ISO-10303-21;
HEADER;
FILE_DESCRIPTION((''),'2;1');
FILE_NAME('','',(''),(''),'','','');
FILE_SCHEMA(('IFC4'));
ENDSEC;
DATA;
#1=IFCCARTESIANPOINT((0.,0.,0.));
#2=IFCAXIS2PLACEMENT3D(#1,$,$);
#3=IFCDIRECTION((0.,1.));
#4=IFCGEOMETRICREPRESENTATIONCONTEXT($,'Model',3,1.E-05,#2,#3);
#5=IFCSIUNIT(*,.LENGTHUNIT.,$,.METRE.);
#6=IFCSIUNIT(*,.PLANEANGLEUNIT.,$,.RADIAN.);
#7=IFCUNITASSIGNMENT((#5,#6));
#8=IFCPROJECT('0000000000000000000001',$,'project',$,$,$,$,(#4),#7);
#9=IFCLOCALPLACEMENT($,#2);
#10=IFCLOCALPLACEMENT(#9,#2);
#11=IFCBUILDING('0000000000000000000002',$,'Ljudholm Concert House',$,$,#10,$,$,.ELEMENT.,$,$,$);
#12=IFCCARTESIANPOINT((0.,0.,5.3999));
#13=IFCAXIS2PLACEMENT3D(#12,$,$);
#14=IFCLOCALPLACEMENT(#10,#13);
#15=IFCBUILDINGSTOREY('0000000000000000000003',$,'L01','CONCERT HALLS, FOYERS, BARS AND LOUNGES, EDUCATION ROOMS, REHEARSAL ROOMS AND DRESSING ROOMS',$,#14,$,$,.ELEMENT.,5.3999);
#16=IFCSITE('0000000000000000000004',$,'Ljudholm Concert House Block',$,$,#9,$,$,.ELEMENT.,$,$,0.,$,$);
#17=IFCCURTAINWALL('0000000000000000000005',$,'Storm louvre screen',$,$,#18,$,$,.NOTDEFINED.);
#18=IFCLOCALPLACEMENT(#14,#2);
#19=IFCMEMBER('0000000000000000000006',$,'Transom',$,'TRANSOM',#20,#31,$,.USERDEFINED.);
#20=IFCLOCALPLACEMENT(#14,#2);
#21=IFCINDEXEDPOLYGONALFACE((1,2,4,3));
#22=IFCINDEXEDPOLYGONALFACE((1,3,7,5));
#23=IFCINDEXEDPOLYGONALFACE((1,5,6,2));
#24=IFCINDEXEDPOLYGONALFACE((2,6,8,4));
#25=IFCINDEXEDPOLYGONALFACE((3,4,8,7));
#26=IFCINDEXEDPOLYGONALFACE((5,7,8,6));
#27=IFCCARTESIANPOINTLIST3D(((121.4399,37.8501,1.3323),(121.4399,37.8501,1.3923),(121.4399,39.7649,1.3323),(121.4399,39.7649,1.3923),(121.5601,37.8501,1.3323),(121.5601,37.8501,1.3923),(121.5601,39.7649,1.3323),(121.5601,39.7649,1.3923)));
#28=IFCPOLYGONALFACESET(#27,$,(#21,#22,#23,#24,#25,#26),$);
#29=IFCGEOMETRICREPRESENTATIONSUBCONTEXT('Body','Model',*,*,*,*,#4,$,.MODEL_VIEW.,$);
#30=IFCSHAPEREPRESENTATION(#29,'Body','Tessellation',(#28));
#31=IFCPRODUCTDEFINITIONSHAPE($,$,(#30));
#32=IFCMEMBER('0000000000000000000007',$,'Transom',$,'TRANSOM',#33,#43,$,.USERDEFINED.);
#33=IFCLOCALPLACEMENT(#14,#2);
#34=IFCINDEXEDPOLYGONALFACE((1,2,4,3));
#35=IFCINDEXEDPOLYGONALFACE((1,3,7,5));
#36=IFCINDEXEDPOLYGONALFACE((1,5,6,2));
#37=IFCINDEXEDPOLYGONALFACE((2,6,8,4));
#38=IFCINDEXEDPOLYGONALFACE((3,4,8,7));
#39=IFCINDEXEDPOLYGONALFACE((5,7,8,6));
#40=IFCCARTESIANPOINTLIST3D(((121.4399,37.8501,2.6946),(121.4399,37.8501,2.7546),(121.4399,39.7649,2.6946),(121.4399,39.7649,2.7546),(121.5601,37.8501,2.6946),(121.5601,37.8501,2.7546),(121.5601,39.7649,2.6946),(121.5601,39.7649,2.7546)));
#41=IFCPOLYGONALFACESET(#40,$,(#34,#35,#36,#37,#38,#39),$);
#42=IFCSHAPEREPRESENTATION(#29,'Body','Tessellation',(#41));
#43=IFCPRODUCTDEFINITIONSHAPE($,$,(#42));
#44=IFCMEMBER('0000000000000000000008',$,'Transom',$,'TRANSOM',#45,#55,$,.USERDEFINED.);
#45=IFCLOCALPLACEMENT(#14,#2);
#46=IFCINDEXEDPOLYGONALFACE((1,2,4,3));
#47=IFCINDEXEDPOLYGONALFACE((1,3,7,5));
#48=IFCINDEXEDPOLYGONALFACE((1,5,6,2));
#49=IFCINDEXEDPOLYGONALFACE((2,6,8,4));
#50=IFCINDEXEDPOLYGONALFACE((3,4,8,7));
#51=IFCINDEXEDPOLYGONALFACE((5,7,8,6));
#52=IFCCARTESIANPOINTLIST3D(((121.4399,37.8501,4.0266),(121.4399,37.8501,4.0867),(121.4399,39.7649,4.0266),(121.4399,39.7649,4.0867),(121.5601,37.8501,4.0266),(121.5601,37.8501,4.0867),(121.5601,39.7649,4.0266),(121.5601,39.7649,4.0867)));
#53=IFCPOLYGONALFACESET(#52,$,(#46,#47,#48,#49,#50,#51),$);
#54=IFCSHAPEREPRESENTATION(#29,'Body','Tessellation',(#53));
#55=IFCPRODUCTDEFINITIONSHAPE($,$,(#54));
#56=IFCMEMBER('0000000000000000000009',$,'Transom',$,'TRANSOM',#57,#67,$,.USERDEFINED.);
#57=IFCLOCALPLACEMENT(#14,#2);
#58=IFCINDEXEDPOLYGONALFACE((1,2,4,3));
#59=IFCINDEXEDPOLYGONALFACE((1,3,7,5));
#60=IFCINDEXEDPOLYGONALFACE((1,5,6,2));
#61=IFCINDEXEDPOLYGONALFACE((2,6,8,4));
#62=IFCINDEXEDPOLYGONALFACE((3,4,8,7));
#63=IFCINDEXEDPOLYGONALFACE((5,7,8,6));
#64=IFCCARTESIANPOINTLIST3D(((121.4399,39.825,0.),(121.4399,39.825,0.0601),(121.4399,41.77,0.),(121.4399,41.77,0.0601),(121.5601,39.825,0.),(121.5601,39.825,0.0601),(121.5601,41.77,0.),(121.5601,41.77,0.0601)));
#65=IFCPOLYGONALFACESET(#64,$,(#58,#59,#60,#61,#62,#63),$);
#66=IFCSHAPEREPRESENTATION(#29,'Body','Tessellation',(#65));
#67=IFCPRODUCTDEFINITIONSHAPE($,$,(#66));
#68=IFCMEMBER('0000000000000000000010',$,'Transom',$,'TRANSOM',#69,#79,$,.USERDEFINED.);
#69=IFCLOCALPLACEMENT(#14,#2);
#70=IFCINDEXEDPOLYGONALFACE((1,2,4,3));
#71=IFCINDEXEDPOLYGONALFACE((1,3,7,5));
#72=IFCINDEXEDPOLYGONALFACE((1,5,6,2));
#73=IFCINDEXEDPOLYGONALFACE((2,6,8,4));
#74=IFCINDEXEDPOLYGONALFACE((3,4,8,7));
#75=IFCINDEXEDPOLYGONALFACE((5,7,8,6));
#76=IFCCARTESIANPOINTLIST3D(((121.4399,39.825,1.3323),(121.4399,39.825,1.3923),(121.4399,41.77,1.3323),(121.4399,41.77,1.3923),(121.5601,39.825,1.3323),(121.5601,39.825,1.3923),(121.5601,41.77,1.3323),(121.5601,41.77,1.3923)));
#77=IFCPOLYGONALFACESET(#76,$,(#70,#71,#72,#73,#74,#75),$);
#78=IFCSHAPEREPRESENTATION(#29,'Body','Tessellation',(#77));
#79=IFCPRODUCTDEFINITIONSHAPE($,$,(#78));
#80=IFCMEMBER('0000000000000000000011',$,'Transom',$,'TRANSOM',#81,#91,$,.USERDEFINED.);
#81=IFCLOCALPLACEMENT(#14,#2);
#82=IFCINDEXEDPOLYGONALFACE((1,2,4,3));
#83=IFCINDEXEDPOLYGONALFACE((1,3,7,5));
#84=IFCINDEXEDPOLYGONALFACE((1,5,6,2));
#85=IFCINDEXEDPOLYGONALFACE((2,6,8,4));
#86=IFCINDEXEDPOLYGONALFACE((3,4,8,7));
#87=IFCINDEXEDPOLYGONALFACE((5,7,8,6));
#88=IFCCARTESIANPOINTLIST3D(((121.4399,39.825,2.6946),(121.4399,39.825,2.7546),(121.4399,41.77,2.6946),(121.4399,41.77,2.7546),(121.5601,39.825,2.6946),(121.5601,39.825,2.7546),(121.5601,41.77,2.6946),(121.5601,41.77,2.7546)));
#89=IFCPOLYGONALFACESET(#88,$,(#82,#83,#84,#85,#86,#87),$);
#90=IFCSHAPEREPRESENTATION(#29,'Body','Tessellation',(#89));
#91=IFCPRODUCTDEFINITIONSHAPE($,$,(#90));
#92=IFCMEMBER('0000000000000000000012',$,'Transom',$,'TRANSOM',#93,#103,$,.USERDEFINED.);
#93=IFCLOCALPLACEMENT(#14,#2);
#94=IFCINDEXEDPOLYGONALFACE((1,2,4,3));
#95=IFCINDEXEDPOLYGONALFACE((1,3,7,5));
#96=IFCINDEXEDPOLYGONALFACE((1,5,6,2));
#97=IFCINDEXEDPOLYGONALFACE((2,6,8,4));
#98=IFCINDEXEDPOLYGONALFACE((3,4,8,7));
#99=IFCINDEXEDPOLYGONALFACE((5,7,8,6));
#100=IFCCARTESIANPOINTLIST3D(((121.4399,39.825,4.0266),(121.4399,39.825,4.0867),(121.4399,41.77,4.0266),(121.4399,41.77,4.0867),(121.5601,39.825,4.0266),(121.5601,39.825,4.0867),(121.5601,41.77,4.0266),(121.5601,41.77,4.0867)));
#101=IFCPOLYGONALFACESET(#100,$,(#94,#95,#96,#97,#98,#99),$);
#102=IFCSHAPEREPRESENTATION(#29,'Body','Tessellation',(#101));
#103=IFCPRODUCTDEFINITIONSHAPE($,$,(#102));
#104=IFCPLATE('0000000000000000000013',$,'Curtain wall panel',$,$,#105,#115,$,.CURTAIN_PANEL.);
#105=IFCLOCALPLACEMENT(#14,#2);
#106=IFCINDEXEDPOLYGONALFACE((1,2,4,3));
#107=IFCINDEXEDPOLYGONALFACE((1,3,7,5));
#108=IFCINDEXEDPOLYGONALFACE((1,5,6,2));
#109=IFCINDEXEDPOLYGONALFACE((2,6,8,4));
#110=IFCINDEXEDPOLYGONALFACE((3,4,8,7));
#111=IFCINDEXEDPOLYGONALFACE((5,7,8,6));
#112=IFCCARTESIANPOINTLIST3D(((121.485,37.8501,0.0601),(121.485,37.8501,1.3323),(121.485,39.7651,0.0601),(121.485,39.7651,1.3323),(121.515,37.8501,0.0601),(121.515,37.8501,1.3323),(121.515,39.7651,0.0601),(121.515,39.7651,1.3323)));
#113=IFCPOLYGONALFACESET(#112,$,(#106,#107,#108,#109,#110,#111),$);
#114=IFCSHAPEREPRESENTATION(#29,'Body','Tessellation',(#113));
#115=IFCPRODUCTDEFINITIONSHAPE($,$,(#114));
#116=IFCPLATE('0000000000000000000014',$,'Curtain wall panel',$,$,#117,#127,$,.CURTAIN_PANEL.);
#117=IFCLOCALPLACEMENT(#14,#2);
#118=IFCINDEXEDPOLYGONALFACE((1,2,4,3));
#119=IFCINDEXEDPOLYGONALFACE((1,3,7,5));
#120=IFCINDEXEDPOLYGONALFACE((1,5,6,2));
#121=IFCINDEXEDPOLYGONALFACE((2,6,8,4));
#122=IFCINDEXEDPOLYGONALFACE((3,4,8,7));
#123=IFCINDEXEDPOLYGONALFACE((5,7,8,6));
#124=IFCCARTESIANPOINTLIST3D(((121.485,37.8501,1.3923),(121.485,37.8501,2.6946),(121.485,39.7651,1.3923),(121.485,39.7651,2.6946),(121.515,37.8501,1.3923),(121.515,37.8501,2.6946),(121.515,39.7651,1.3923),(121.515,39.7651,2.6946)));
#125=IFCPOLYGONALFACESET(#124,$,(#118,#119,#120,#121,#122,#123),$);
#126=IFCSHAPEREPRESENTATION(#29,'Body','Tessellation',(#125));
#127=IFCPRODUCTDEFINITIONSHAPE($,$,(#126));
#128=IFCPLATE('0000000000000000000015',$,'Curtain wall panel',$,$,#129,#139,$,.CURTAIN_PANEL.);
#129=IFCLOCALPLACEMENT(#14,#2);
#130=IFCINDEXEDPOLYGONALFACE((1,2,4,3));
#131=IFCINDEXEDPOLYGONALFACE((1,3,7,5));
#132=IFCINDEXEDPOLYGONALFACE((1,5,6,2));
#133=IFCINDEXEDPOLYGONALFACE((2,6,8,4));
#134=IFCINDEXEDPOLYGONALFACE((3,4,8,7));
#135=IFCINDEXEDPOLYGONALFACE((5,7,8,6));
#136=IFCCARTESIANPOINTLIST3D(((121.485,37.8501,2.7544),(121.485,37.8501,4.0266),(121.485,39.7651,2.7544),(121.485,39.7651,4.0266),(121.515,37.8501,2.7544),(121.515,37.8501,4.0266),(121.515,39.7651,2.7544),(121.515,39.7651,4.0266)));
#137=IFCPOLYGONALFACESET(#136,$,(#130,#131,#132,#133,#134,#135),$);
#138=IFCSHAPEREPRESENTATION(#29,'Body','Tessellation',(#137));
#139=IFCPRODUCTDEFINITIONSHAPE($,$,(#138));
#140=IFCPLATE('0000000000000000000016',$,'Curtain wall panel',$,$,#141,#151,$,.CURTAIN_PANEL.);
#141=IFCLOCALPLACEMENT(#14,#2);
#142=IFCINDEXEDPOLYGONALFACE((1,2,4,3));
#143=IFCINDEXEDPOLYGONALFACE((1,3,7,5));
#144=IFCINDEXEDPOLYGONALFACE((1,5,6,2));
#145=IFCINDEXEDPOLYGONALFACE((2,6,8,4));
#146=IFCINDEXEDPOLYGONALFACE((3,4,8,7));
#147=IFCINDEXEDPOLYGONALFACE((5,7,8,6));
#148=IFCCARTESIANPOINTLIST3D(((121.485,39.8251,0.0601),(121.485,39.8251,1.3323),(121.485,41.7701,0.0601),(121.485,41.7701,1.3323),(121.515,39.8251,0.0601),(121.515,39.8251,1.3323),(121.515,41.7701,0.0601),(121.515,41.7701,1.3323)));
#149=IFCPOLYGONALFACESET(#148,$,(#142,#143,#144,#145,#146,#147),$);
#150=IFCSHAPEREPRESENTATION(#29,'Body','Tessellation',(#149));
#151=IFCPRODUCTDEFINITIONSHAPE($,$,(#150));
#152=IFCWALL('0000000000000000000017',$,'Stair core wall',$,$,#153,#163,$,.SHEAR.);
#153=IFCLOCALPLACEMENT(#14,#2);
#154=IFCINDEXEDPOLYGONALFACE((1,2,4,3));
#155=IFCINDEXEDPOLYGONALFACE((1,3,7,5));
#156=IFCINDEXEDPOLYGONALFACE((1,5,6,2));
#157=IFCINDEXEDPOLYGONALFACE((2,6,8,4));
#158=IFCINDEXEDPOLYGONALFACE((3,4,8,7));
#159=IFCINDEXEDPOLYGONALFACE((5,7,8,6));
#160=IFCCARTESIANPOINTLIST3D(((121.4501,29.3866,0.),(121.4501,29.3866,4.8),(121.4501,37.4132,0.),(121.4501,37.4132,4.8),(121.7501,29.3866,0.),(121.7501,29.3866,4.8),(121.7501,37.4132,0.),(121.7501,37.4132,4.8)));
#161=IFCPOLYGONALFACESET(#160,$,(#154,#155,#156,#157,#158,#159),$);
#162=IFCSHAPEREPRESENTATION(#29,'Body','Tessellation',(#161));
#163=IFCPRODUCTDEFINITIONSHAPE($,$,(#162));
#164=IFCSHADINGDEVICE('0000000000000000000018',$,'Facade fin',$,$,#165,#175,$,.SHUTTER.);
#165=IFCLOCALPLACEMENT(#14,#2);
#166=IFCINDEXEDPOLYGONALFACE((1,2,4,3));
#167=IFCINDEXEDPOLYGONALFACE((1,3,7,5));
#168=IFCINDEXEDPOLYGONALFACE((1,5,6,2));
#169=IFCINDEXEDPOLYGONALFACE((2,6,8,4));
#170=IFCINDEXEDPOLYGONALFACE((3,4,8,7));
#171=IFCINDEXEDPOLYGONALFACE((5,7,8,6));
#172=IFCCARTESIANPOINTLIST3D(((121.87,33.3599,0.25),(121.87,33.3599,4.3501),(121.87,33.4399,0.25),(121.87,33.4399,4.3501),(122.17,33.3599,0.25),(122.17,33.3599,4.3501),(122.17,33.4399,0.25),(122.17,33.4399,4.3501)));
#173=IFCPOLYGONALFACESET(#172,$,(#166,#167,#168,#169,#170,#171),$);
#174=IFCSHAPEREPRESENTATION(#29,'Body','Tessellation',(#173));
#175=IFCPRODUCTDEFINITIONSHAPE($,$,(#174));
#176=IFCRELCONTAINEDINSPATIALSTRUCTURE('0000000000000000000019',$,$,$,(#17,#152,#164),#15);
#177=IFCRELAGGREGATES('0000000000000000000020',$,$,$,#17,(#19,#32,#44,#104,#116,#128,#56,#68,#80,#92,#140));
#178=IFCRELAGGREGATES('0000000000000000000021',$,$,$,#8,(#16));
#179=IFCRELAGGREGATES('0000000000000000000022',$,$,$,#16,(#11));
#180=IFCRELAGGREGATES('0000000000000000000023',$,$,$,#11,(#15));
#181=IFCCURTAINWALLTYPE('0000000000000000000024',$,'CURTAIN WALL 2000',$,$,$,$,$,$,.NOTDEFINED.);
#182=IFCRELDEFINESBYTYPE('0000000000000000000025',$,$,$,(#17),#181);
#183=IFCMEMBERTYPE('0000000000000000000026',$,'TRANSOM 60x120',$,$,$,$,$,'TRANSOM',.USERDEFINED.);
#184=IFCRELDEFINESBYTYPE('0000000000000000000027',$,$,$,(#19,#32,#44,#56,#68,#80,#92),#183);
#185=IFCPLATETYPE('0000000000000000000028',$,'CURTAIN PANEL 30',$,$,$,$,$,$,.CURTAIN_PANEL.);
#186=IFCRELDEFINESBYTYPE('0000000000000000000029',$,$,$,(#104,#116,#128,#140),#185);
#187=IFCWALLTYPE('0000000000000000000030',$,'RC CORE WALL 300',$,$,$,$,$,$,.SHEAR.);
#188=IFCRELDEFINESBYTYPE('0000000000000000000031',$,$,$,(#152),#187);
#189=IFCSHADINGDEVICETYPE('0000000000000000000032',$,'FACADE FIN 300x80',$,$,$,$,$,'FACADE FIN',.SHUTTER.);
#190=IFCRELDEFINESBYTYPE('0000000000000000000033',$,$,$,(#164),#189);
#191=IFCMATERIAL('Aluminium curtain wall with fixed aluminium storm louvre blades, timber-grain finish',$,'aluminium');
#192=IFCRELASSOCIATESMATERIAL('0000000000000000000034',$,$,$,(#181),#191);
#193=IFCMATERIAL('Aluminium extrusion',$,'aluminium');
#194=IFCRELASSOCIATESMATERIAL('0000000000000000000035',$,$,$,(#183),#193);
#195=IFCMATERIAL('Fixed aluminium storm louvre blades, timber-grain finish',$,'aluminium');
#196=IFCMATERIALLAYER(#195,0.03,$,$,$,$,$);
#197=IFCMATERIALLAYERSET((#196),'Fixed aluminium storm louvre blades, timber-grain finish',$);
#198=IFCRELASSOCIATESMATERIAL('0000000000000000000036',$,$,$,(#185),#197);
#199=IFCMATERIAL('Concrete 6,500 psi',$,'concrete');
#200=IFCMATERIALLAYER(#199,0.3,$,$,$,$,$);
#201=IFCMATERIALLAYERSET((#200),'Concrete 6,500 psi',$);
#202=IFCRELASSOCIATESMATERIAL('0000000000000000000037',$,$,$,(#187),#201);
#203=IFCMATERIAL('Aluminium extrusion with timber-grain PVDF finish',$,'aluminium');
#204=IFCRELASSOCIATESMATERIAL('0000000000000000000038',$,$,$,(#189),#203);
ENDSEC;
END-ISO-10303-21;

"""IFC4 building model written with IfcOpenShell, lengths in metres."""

from ifc_helpers import new_model, si_unit, direction, frame, frame_2d, origin, origin_2d, place, context, subcontext, project, spatial, rectangle, extrude, material, layer, layer_set, material_profile, profile_set, type_object, element, aggregate, save


model = new_model("IFC4")

# Units and contexts
model_context = context("Model", 3, precision=1e-05, world=origin(), true_north=direction((0.0, 1.0)))
body_context = subcontext(model_context, "Body", "Model", "MODEL_VIEW")
ifc_project = project(units=[si_unit("LENGTHUNIT", "METRE"), si_unit("PLANEANGLEUNIT", "RADIAN")], contexts=[model_context])

# Site, building, storey
site_placement = place(None, origin())
site = spatial("IfcSite", under=ifc_project, at=site_placement, Name="Ljudholm Concert House Block", CompositionType="ELEMENT", RefElevation=0.0)
building_placement = place(site_placement, origin())
building = spatial("IfcBuilding", under=site, at=building_placement, Name="Ljudholm Concert House", CompositionType="ELEMENT")
storey_placement = place(building_placement, frame((0.0, 0.0, 5.3999)))
storey = spatial("IfcBuildingStorey", under=building, at=storey_placement, Name="L01", Description="CONCERT HALLS, FOYERS, BARS AND LOUNGES, EDUCATION ROOMS, REHEARSAL ROOMS AND DRESSING ROOMS", CompositionType="ELEMENT", Elevation=5.3999)

# Curtain wall
ifc_material_1 = material(Name="Aluminium curtain wall with fixed aluminium storm louvre blades, timber-grain finish", Category="aluminium")
curtain_wall_type = type_object("IfcCurtainWallType", Name="CURTAIN WALL 2000", PredefinedType="NOTDEFINED", material=ifc_material_1)
curtain_wall_placement = place(storey_placement, origin())
curtain_wall = element("IfcCurtainWall", 1, at=curtain_wall_placement, inside=storey, type_object=curtain_wall_type, Name="Storm louvre screen", PredefinedType="NOTDEFINED")

# Members
ifc_material_2 = material(Name="Aluminium extrusion", Category="aluminium")
ifc_material_profile_1 = material_profile(ifc_material_2, rectangle(XDim=0.1201, YDim=0.0601, at=origin_2d()), Name="TRANSOM 60x120")
ifc_profile_set_1 = profile_set([ifc_material_profile_1], Name="Aluminium extrusion")
member_type_1 = type_object("IfcMemberType", Name="TRANSOM 60x120", ElementType="TRANSOM", PredefinedType="USERDEFINED", material=ifc_profile_set_1)
member_1_placement = place(storey_placement, frame((121.5, 37.8501, 1.3623), z_axis=(0.0, 1.0, 0.0), x_axis=(-1.0, 0.0, 0.0)))
member_1 = element("IfcMember", 2, at=member_1_placement, type_object=member_type_1, Name="Transom", ObjectType="TRANSOM", PredefinedType="USERDEFINED", context=body_context, shape_type="SweptSolid", body=[
    extrude(rectangle(XDim=0.1201, YDim=0.0601, at=origin_2d()), origin(), (0.0, 0.0, 1.0), 1.9148),
])
member_2_placement = place(storey_placement, frame((121.5, 37.8501, 2.7246), z_axis=(0.0, 1.0, 0.0), x_axis=(-1.0, 0.0, 0.0)))
member_2 = element("IfcMember", 3, at=member_2_placement, type_object=member_type_1, Name="Transom", ObjectType="TRANSOM", PredefinedType="USERDEFINED", context=body_context, shape_type="SweptSolid", body=[
    extrude(rectangle(XDim=0.1201, YDim=0.0601, at=origin_2d()), origin(), (0.0, 0.0, 1.0), 1.9148),
])
member_3_placement = place(storey_placement, frame((121.5, 37.8501, 4.0566), z_axis=(0.0, 1.0, 0.0), x_axis=(-1.0, 0.0, 0.0)))
member_3 = element("IfcMember", 4, at=member_3_placement, type_object=member_type_1, Name="Transom", ObjectType="TRANSOM", PredefinedType="USERDEFINED", context=body_context, shape_type="SweptSolid", body=[
    extrude(rectangle(XDim=0.1201, YDim=0.0601, at=origin_2d()), origin(), (0.0, 0.0, 1.0), 1.9148),
])
member_4_placement = place(storey_placement, frame((121.5, 39.825, 0.03), z_axis=(0.0, 1.0, 0.0), x_axis=(-1.0, 0.0, 0.0)))
member_4 = element("IfcMember", 5, at=member_4_placement, type_object=member_type_1, Name="Transom", ObjectType="TRANSOM", PredefinedType="USERDEFINED", context=body_context, shape_type="SweptSolid", body=[
    extrude(rectangle(XDim=0.1201, YDim=0.0601, at=origin_2d()), origin(), (0.0, 0.0, 1.0), 1.9451),
])
member_5_placement = place(storey_placement, frame((121.5, 39.825, 1.3623), z_axis=(0.0, 1.0, 0.0), x_axis=(-1.0, 0.0, 0.0)))
member_5 = element("IfcMember", 6, at=member_5_placement, type_object=member_type_1, Name="Transom", ObjectType="TRANSOM", PredefinedType="USERDEFINED", context=body_context, shape_type="SweptSolid", body=[
    extrude(rectangle(XDim=0.1201, YDim=0.0601, at=origin_2d()), origin(), (0.0, 0.0, 1.0), 1.9451),
])
member_6_placement = place(storey_placement, frame((121.5, 39.825, 2.7246), z_axis=(0.0, 1.0, 0.0), x_axis=(-1.0, 0.0, 0.0)))
member_6 = element("IfcMember", 7, at=member_6_placement, type_object=member_type_1, Name="Transom", ObjectType="TRANSOM", PredefinedType="USERDEFINED", context=body_context, shape_type="SweptSolid", body=[
    extrude(rectangle(XDim=0.1201, YDim=0.0601, at=origin_2d()), origin(), (0.0, 0.0, 1.0), 1.9451),
])
member_7_placement = place(storey_placement, frame((121.5, 39.825, 4.0566), z_axis=(0.0, 1.0, 0.0), x_axis=(-1.0, 0.0, 0.0)))
member_7 = element("IfcMember", 8, at=member_7_placement, type_object=member_type_1, Name="Transom", ObjectType="TRANSOM", PredefinedType="USERDEFINED", context=body_context, shape_type="SweptSolid", body=[
    extrude(rectangle(XDim=0.1201, YDim=0.0601, at=origin_2d()), origin(), (0.0, 0.0, 1.0), 1.9451),
])

# Plates
ifc_material_3 = material(Name="Fixed aluminium storm louvre blades, timber-grain finish", Category="aluminium")
ifc_layer_1 = layer(ifc_material_3, 0.03)
ifc_layer_set_1 = layer_set([ifc_layer_1], Name="Fixed aluminium storm louvre blades, timber-grain finish")
plate_type = type_object("IfcPlateType", Name="CURTAIN PANEL 30", PredefinedType="CURTAIN_PANEL", material=ifc_layer_set_1)
plate_1_placement = place(storey_placement, frame((121.5, 38.8076, 0.0601), z_axis=(0.0, 0.0, 1.0), x_axis=(0.0, 1.0, 0.0)))
plate_1 = element("IfcPlate", 9, at=plate_1_placement, type_object=plate_type, Name="Curtain wall panel", PredefinedType="CURTAIN_PANEL", context=body_context, shape_type="SweptSolid", body=[
    extrude(rectangle(XDim=1.915, YDim=0.03, at=origin_2d()), origin(), (0.0, 0.0, 1.0), 1.2722),
])
plate_2_placement = place(storey_placement, frame((121.5, 38.8076, 1.3923), z_axis=(0.0, 0.0, 1.0), x_axis=(0.0, 1.0, 0.0)))
plate_2 = element("IfcPlate", 10, at=plate_2_placement, type_object=plate_type, Name="Curtain wall panel", PredefinedType="CURTAIN_PANEL", context=body_context, shape_type="SweptSolid", body=[
    extrude(rectangle(XDim=1.915, YDim=0.03, at=origin_2d()), origin(), (0.0, 0.0, 1.0), 1.3022),
])
plate_3_placement = place(storey_placement, frame((121.5, 38.8076, 2.7544), z_axis=(0.0, 0.0, 1.0), x_axis=(0.0, 1.0, 0.0)))
plate_3 = element("IfcPlate", 11, at=plate_3_placement, type_object=plate_type, Name="Curtain wall panel", PredefinedType="CURTAIN_PANEL", context=body_context, shape_type="SweptSolid", body=[
    extrude(rectangle(XDim=1.915, YDim=0.03, at=origin_2d()), origin(), (0.0, 0.0, 1.0), 1.2722),
])
plate_4_placement = place(storey_placement, frame((121.5, 40.7976, 0.0601), z_axis=(0.0, 0.0, 1.0), x_axis=(0.0, 1.0, 0.0)))
plate_4 = element("IfcPlate", 12, at=plate_4_placement, type_object=plate_type, Name="Curtain wall panel", PredefinedType="CURTAIN_PANEL", context=body_context, shape_type="SweptSolid", body=[
    extrude(rectangle(XDim=1.9451, YDim=0.03, at=origin_2d()), origin(), (0.0, 0.0, 1.0), 1.2722),
])
aggregate(curtain_wall, [member_1, member_2, member_3, plate_1, plate_2, plate_3, member_4, member_5, member_6, member_7, plate_4])

# Wall
ifc_material_4 = material(Name="Concrete 6,500 psi", Category="concrete")
ifc_layer_2 = layer(ifc_material_4, 0.3)
ifc_layer_set_2 = layer_set([ifc_layer_2], Name="Concrete 6,500 psi")
wall_type = type_object("IfcWallType", Name="RC CORE WALL 300", PredefinedType="SHEAR", material=ifc_layer_set_2)
wall_placement = place(storey_placement, frame((121.6001, 29.3867, 0.0), z_axis=(0.0, 0.0, 1.0), x_axis=(0.0, 1.0, 0.0)))
element("IfcWall", 13, at=wall_placement, inside=storey, type_object=wall_type, Name="Stair core wall", PredefinedType="SHEAR", context=body_context, shape_type="SweptSolid", body=[
    extrude(rectangle(XDim=8.0266, YDim=0.3, at=frame_2d((4.0132, 0.0))), origin(), (0.0, 0.0, 1.0), 4.8),
])

# Shading device
ifc_material_5 = material(Name="Aluminium extrusion with timber-grain PVDF finish", Category="aluminium")
shading_device_type = type_object("IfcShadingDeviceType", Name="FACADE FIN 300x80", ElementType="FACADE FIN", PredefinedType="SHUTTER", material=ifc_material_5)
shading_device_placement = place(storey_placement, frame((122.02, 33.3999, 0.25), z_axis=(0.0, 0.0, 1.0), x_axis=(1.0, 0.0, 0.0)))
element("IfcShadingDevice", 14, at=shading_device_placement, inside=storey, type_object=shading_device_type, Name="Facade fin", PredefinedType="SHUTTER", context=body_context, shape_type="SweptSolid", body=[
    extrude(rectangle(XDim=0.3, YDim=0.0801, at=origin_2d()), origin(), (0.0, 0.0, 1.0), 4.1001),
])

save(model, "model.ifc")
